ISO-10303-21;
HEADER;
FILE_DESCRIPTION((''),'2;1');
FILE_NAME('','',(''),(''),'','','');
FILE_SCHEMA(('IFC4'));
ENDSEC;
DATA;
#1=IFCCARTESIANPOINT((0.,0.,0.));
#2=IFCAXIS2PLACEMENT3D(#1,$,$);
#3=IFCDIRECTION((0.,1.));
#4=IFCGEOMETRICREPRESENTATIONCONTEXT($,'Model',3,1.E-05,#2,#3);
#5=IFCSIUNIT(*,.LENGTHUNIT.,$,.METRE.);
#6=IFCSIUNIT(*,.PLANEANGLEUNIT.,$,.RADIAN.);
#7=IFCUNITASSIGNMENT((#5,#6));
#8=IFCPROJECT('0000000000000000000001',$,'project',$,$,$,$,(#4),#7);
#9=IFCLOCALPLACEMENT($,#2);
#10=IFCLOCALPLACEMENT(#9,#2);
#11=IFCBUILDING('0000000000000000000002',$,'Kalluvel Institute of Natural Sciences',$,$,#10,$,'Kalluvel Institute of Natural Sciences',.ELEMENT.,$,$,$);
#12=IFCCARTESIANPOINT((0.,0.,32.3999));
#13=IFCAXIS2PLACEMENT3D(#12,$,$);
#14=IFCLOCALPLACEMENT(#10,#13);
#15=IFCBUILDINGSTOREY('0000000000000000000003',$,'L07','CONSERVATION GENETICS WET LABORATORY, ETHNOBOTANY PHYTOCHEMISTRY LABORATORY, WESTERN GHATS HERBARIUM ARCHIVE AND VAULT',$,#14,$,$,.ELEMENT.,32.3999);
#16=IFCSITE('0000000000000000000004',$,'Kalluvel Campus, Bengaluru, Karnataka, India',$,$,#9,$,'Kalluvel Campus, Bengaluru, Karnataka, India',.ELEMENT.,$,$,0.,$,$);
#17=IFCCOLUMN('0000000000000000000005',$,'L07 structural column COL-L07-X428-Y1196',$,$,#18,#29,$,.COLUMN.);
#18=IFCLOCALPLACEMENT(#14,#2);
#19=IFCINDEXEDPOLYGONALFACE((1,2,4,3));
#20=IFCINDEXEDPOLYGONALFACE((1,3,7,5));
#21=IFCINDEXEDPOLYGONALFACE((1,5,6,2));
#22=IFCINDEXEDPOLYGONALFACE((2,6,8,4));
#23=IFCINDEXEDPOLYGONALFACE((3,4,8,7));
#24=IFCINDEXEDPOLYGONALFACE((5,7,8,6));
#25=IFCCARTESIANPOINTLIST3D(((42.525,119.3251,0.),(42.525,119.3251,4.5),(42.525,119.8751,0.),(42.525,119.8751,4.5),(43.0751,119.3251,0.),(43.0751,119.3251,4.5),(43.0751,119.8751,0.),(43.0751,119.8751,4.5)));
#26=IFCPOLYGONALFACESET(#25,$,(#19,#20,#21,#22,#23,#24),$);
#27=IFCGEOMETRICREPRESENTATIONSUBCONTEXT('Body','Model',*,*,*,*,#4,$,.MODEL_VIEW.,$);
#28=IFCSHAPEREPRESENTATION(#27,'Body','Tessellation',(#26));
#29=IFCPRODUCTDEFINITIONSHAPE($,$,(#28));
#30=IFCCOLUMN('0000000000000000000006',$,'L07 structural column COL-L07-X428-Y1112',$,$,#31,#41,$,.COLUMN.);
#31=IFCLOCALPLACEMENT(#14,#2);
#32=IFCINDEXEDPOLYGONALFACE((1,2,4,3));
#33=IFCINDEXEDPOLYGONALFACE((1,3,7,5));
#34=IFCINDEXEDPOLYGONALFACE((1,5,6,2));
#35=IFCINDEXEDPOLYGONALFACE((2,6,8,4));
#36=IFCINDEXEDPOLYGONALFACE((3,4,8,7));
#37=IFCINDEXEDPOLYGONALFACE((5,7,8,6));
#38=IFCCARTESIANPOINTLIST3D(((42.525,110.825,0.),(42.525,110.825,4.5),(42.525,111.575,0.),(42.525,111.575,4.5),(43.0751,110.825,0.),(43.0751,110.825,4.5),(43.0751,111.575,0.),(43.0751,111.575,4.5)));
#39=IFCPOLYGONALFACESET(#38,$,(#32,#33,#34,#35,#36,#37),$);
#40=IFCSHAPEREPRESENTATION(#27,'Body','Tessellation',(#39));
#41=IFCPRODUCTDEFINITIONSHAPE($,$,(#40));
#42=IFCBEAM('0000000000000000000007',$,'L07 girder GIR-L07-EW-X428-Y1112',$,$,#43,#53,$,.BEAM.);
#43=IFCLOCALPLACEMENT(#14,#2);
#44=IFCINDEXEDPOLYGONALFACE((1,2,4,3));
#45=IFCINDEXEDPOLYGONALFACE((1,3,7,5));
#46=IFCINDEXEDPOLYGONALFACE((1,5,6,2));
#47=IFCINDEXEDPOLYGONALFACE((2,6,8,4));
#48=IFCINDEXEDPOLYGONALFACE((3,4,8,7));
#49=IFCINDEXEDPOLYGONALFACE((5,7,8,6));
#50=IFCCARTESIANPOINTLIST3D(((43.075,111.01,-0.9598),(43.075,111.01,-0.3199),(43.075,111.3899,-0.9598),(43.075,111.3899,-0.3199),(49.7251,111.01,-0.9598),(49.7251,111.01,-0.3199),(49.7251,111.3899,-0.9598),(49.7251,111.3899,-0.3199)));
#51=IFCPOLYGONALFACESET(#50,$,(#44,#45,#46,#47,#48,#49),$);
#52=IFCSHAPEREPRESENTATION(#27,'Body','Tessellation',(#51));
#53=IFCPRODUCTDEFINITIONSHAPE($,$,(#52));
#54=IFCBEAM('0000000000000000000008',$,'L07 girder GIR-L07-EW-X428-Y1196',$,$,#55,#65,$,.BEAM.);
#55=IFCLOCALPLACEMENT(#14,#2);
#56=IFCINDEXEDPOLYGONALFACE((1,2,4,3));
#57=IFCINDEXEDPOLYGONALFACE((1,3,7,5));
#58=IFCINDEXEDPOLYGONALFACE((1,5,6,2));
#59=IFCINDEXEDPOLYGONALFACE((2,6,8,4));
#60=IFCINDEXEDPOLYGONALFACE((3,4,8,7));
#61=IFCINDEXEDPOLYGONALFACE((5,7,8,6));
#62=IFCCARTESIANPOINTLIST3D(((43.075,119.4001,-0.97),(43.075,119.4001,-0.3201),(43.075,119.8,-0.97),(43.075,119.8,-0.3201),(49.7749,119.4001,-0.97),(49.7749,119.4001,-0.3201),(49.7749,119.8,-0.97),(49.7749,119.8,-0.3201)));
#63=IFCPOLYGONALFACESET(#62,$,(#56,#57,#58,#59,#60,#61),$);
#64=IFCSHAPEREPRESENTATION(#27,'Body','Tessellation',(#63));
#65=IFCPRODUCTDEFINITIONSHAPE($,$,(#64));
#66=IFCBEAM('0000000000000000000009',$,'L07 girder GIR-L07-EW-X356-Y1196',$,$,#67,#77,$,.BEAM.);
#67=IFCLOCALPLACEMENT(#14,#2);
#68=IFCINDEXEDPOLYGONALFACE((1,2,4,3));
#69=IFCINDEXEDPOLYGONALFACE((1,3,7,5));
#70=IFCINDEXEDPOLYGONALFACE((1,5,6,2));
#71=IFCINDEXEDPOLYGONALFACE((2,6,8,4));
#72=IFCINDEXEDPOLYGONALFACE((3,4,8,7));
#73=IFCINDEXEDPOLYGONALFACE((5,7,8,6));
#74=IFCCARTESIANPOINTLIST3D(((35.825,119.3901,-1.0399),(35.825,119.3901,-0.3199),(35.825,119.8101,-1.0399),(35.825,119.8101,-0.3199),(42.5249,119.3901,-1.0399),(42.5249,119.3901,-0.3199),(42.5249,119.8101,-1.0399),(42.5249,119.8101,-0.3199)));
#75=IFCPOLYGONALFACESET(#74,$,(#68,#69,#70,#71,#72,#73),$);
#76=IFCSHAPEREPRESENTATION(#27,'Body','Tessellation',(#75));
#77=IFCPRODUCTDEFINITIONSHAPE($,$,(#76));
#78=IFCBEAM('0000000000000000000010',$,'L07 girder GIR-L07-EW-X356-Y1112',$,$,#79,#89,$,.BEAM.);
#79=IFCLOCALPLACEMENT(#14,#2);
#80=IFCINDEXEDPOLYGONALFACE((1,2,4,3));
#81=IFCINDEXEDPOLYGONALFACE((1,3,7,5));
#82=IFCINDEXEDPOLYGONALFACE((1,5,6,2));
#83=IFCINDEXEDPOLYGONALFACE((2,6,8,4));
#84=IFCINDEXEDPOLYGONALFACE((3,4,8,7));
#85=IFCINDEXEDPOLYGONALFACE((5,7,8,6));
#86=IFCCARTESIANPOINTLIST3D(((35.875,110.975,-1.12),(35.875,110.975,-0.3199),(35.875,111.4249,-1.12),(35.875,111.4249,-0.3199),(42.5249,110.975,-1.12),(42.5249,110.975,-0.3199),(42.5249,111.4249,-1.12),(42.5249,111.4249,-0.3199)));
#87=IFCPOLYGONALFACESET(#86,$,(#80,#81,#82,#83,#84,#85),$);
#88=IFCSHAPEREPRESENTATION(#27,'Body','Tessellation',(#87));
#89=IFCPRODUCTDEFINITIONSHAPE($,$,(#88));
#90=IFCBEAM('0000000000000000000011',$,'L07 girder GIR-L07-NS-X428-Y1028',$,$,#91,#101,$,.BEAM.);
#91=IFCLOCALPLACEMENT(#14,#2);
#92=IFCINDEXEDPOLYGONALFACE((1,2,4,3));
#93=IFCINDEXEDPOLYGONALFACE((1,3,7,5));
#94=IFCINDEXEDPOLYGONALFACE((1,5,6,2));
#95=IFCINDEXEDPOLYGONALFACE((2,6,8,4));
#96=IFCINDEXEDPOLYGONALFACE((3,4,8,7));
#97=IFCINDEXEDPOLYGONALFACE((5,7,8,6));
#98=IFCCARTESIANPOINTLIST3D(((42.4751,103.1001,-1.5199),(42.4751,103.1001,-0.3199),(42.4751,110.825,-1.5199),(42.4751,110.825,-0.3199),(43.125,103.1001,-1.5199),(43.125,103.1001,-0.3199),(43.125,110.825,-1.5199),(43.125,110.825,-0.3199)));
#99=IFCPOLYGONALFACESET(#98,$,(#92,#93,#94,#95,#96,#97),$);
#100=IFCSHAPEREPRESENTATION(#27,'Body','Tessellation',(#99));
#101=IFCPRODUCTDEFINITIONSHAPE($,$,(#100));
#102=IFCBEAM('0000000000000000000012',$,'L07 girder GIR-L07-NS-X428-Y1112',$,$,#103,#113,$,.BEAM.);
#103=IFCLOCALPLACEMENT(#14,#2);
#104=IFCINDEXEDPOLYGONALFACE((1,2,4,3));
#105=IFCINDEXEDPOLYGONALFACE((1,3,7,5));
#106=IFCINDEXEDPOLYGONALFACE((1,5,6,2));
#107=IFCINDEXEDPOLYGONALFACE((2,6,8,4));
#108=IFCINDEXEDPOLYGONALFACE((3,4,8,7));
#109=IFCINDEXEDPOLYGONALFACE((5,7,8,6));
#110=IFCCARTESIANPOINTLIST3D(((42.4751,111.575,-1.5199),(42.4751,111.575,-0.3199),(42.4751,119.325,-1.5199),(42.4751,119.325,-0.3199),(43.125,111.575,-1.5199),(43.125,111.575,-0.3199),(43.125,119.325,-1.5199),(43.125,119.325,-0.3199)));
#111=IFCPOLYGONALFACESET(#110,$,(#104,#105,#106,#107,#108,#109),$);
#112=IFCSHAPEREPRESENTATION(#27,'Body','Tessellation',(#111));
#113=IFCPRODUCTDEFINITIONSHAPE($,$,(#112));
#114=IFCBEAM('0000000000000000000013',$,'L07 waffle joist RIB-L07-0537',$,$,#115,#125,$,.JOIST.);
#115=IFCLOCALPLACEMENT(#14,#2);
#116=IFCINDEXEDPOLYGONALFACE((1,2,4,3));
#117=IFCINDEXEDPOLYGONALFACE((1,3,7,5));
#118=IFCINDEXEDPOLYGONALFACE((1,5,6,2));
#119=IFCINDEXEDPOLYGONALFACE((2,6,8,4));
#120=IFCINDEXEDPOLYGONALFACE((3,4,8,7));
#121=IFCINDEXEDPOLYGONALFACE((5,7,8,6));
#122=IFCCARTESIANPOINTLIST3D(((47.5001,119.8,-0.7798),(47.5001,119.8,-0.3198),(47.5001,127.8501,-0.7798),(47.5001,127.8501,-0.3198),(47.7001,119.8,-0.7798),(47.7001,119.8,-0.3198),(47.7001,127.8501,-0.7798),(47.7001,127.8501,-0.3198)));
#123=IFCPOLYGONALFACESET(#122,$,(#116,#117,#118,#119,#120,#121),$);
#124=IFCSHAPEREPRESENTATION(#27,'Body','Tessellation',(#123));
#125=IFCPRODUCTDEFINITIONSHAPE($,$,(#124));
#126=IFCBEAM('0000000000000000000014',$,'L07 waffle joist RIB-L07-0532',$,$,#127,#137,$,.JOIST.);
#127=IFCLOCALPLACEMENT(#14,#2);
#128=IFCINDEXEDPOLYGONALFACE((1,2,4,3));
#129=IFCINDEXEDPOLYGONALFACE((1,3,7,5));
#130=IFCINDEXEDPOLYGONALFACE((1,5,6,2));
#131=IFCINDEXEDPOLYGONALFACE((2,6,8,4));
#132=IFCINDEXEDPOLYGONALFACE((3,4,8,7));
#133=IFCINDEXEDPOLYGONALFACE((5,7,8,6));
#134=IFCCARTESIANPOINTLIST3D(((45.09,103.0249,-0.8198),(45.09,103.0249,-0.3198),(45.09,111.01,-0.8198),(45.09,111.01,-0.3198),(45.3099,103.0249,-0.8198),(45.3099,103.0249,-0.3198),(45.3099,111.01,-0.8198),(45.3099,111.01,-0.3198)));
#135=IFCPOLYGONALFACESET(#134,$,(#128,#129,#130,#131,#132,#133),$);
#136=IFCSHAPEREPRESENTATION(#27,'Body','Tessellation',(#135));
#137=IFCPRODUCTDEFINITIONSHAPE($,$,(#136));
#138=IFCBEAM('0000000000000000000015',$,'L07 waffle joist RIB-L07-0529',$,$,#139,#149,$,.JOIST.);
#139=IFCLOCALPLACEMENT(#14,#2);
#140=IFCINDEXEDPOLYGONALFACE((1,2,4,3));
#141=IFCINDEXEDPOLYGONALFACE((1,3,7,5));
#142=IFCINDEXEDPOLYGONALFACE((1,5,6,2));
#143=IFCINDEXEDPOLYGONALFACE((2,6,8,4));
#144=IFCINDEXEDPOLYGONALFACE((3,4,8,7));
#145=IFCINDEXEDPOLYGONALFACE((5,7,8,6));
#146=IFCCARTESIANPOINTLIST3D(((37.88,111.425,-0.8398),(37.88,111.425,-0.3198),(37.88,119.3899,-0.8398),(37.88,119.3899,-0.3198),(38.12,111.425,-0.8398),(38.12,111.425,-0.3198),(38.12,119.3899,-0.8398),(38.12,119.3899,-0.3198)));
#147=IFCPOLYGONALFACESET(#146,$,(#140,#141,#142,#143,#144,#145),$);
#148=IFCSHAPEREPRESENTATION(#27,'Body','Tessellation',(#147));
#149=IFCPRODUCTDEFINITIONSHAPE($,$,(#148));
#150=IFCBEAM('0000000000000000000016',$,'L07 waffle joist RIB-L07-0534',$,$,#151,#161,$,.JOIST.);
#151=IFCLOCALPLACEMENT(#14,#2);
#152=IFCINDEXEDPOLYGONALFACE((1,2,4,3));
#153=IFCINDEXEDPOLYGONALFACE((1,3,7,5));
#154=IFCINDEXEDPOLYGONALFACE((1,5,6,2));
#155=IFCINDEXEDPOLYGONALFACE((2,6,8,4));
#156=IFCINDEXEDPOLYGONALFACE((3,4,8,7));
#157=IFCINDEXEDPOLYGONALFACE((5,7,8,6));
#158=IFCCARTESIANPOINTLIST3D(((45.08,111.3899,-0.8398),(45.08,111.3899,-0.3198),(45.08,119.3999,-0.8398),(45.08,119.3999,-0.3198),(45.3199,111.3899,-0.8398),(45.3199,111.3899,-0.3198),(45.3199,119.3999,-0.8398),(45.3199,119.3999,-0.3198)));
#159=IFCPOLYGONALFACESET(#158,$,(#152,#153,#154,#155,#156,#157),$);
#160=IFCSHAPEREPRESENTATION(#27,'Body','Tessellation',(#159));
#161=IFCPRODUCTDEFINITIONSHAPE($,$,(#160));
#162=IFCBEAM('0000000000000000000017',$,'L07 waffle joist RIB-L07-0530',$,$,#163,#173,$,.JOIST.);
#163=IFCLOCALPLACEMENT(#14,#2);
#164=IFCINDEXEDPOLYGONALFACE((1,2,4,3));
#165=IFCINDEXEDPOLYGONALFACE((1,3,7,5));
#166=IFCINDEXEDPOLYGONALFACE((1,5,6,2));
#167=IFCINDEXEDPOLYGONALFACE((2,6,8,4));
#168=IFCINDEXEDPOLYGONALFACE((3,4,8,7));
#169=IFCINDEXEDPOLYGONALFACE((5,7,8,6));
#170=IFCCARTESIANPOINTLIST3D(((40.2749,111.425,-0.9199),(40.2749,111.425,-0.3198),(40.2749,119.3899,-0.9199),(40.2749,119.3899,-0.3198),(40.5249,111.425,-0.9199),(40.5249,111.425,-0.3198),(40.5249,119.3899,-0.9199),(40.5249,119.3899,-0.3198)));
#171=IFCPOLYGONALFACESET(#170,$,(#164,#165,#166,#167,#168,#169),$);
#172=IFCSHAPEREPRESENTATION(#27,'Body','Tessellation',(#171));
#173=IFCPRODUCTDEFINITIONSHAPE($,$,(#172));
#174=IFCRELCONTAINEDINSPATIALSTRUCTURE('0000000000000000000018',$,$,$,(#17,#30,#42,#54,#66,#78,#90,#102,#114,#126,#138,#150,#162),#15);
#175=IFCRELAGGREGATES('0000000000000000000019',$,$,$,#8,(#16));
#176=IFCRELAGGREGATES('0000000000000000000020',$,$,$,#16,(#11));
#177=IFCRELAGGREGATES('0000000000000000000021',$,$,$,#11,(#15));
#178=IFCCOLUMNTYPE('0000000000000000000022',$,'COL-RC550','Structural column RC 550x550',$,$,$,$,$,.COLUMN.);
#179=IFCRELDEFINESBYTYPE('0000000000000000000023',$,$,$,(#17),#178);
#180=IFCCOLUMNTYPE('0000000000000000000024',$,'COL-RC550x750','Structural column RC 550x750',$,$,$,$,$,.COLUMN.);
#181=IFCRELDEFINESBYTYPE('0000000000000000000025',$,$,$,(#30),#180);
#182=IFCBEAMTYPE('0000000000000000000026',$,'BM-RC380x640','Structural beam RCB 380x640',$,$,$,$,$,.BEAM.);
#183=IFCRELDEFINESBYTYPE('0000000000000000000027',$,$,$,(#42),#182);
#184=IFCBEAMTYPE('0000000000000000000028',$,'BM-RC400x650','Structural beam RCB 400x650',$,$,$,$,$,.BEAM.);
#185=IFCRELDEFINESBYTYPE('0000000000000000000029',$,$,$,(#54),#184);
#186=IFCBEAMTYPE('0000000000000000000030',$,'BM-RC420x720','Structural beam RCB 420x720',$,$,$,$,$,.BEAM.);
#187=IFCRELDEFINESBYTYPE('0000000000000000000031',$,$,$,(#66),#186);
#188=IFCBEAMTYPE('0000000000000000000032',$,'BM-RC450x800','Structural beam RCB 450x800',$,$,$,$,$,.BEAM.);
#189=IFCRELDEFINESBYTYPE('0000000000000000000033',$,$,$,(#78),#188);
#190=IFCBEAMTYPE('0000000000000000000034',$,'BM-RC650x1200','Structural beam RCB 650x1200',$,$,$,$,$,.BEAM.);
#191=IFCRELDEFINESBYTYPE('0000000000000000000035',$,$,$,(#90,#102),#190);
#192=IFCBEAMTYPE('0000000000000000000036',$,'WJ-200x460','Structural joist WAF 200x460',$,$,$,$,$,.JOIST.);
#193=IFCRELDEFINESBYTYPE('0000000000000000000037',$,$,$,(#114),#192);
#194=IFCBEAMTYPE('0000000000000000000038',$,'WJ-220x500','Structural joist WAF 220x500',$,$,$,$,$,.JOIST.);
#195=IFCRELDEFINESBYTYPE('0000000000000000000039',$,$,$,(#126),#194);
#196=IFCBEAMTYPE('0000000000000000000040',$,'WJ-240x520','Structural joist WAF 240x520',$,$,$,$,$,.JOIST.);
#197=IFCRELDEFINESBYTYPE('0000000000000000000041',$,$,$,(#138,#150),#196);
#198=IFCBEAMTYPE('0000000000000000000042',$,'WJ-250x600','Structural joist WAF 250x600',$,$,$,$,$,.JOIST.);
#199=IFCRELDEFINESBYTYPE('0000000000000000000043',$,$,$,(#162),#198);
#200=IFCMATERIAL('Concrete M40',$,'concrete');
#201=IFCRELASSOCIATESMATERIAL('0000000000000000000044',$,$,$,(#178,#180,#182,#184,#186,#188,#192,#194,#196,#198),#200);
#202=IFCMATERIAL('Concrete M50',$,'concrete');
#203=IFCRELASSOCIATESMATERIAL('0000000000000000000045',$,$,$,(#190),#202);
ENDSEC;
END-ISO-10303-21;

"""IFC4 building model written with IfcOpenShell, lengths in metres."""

from ifc_helpers import new_model, si_unit, direction, frame, origin, origin_2d, place, context, subcontext, project, spatial, rectangle, extrude, material, material_profile, profile_set, type_object, element, save


model = new_model("IFC4")

# Units and contexts
model_context = context("Model", 3, precision=1e-05, world=origin(), true_north=direction((0.0, 1.0)))
body_context = subcontext(model_context, "Body", "Model", "MODEL_VIEW")
ifc_project = project(units=[si_unit("LENGTHUNIT", "METRE"), si_unit("PLANEANGLEUNIT", "RADIAN")], contexts=[model_context])

# Site, building, storey
site_placement = place(None, origin())
site = spatial("IfcSite", under=ifc_project, at=site_placement, Name="Kalluvel Campus, Bengaluru, Karnataka, India", LongName="Kalluvel Campus, Bengaluru, Karnataka, India", CompositionType="ELEMENT", RefElevation=0.0)
building_placement = place(site_placement, origin())
building = spatial("IfcBuilding", under=site, at=building_placement, Name="Kalluvel Institute of Natural Sciences", LongName="Kalluvel Institute of Natural Sciences", CompositionType="ELEMENT")
storey_placement = place(building_placement, frame((0.0, 0.0, 32.3999)))
storey = spatial("IfcBuildingStorey", under=building, at=storey_placement, Name="L07", Description="CONSERVATION GENETICS WET LABORATORY, ETHNOBOTANY PHYTOCHEMISTRY LABORATORY, WESTERN GHATS HERBARIUM ARCHIVE AND VAULT", CompositionType="ELEMENT", Elevation=32.3999)

# Columns
ifc_material_1 = material(Name="Concrete M40", Category="concrete")
ifc_material_profile_1 = material_profile(ifc_material_1, rectangle(XDim=0.55, YDim=0.55, at=origin_2d()), Name="RC 550x550")
ifc_profile_set_1 = profile_set([ifc_material_profile_1], Name="Concrete M40")
column_type_1 = type_object("IfcColumnType", Name="COL-RC550", Description="Structural column RC 550x550", PredefinedType="COLUMN", material=ifc_profile_set_1)
column_1_placement = place(storey_placement, frame((42.8, 119.6001, 0.0), z_axis=(0.0, 0.0, 1.0), x_axis=(1.0, 0.0, 0.0)))
element("IfcColumn", 1, at=column_1_placement, inside=storey, type_object=column_type_1, Name="L07 structural column COL-L07-X428-Y1196", PredefinedType="COLUMN", context=body_context, shape_type="SweptSolid", body=[
    extrude(rectangle(XDim=0.55, YDim=0.55, at=origin_2d()), origin(), (0.0, 0.0, 1.0), 4.5),
])
ifc_material_profile_2 = material_profile(ifc_material_1, rectangle(XDim=0.55, YDim=0.75, at=origin_2d()), Name="RC 550x750")
ifc_profile_set_2 = profile_set([ifc_material_profile_2], Name="Concrete M40")
column_type_2 = type_object("IfcColumnType", Name="COL-RC550x750", Description="Structural column RC 550x750", PredefinedType="COLUMN", material=ifc_profile_set_2)
column_2_placement = place(storey_placement, frame((42.8, 111.2, 0.0), z_axis=(0.0, 0.0, 1.0), x_axis=(1.0, 0.0, 0.0)))
element("IfcColumn", 2, at=column_2_placement, inside=storey, type_object=column_type_2, Name="L07 structural column COL-L07-X428-Y1112", PredefinedType="COLUMN", context=body_context, shape_type="SweptSolid", body=[
    extrude(rectangle(XDim=0.55, YDim=0.75, at=origin_2d()), origin(), (0.0, 0.0, 1.0), 4.5),
])

# Beams
ifc_material_profile_3 = material_profile(ifc_material_1, rectangle(XDim=0.3799, YDim=0.6399, at=origin_2d()), Name="RCB 380x640")
ifc_profile_set_3 = profile_set([ifc_material_profile_3], Name="Concrete M40")
beam_type_1 = type_object("IfcBeamType", Name="BM-RC380x640", Description="Structural beam RCB 380x640", PredefinedType="BEAM", material=ifc_profile_set_3)
beam_1_placement = place(storey_placement, frame((43.075, 111.2, -0.6399), z_axis=(1.0, 0.0, 0.0), x_axis=(0.0, 1.0, 0.0)))
element("IfcBeam", 3, at=beam_1_placement, inside=storey, type_object=beam_type_1, Name="L07 girder GIR-L07-EW-X428-Y1112", PredefinedType="BEAM", context=body_context, shape_type="SweptSolid", body=[
    extrude(rectangle(XDim=0.3799, YDim=0.6399, at=origin_2d()), origin(), (0.0, 0.0, 1.0), 6.6501),
])
ifc_material_profile_4 = material_profile(ifc_material_1, rectangle(XDim=0.3999, YDim=0.6499, at=origin_2d()), Name="RCB 400x650")
ifc_profile_set_4 = profile_set([ifc_material_profile_4], Name="Concrete M40")
beam_type_2 = type_object("IfcBeamType", Name="BM-RC400x650", Description="Structural beam RCB 400x650", PredefinedType="BEAM", material=ifc_profile_set_4)
beam_2_placement = place(storey_placement, frame((43.075, 119.6001, -0.645), z_axis=(1.0, 0.0, 0.0), x_axis=(0.0, 1.0, 0.0)))
element("IfcBeam", 4, at=beam_2_placement, inside=storey, type_object=beam_type_2, Name="L07 girder GIR-L07-EW-X428-Y1196", PredefinedType="BEAM", context=body_context, shape_type="SweptSolid", body=[
    extrude(rectangle(XDim=0.3999, YDim=0.6499, at=origin_2d()), origin(), (0.0, 0.0, 1.0), 6.7),
])
ifc_material_profile_5 = material_profile(ifc_material_1, rectangle(XDim=0.4199, YDim=0.72, at=origin_2d()), Name="RCB 420x720")
ifc_profile_set_5 = profile_set([ifc_material_profile_5], Name="Concrete M40")
beam_type_3 = type_object("IfcBeamType", Name="BM-RC420x720", Description="Structural beam RCB 420x720", PredefinedType="BEAM", material=ifc_profile_set_5)
beam_3_placement = place(storey_placement, frame((35.825, 119.6001, -0.6799), z_axis=(1.0, 0.0, 0.0), x_axis=(0.0, 1.0, 0.0)))
element("IfcBeam", 5, at=beam_3_placement, inside=storey, type_object=beam_type_3, Name="L07 girder GIR-L07-EW-X356-Y1196", PredefinedType="BEAM", context=body_context, shape_type="SweptSolid", body=[
    extrude(rectangle(XDim=0.4199, YDim=0.72, at=origin_2d()), origin(), (0.0, 0.0, 1.0), 6.7),
])
ifc_material_profile_6 = material_profile(ifc_material_1, rectangle(XDim=0.45, YDim=0.8, at=origin_2d()), Name="RCB 450x800")
ifc_profile_set_6 = profile_set([ifc_material_profile_6], Name="Concrete M40")
beam_type_4 = type_object("IfcBeamType", Name="BM-RC450x800", Description="Structural beam RCB 450x800", PredefinedType="BEAM", material=ifc_profile_set_6)
beam_4_placement = place(storey_placement, frame((35.875, 111.2, -0.72), z_axis=(1.0, 0.0, 0.0), x_axis=(0.0, 1.0, 0.0)))
element("IfcBeam", 6, at=beam_4_placement, inside=storey, type_object=beam_type_4, Name="L07 girder GIR-L07-EW-X356-Y1112", PredefinedType="BEAM", context=body_context, shape_type="SweptSolid", body=[
    extrude(rectangle(XDim=0.45, YDim=0.8, at=origin_2d()), origin(), (0.0, 0.0, 1.0), 6.6499),
])
ifc_material_2 = material(Name="Concrete M50", Category="concrete")
ifc_material_profile_7 = material_profile(ifc_material_2, rectangle(XDim=0.6499, YDim=1.2, at=origin_2d()), Name="RCB 650x1200")
ifc_profile_set_7 = profile_set([ifc_material_profile_7], Name="Concrete M50")
beam_type_5 = type_object("IfcBeamType", Name="BM-RC650x1200", Description="Structural beam RCB 650x1200", PredefinedType="BEAM", material=ifc_profile_set_7)
beam_5_placement = place(storey_placement, frame((42.8, 103.1001, -0.9199), z_axis=(0.0, 1.0, 0.0), x_axis=(-1.0, 0.0, 0.0)))
element("IfcBeam", 7, at=beam_5_placement, inside=storey, type_object=beam_type_5, Name="L07 girder GIR-L07-NS-X428-Y1028", PredefinedType="BEAM", context=body_context, shape_type="SweptSolid", body=[
    extrude(rectangle(XDim=0.6499, YDim=1.2, at=origin_2d()), origin(), (0.0, 0.0, 1.0), 7.7249),
])
beam_6_placement = place(storey_placement, frame((42.8, 111.575, -0.9199), z_axis=(0.0, 1.0, 0.0), x_axis=(-1.0, 0.0, 0.0)))
element("IfcBeam", 8, at=beam_6_placement, inside=storey, type_object=beam_type_5, Name="L07 girder GIR-L07-NS-X428-Y1112", PredefinedType="BEAM", context=body_context, shape_type="SweptSolid", body=[
    extrude(rectangle(XDim=0.6499, YDim=1.2, at=origin_2d()), origin(), (0.0, 0.0, 1.0), 7.75),
])
ifc_material_profile_8 = material_profile(ifc_material_1, rectangle(XDim=0.2, YDim=0.46, at=origin_2d()), Name="WAF 200x460")
ifc_profile_set_8 = profile_set([ifc_material_profile_8], Name="Concrete M40")
beam_type_6 = type_object("IfcBeamType", Name="WJ-200x460", Description="Structural joist WAF 200x460", PredefinedType="JOIST", material=ifc_profile_set_8)
beam_7_placement = place(storey_placement, frame((47.6001, 119.8, -0.5498), z_axis=(0.0, 1.0, 0.0), x_axis=(-1.0, 0.0, 0.0)))
element("IfcBeam", 9, at=beam_7_placement, inside=storey, type_object=beam_type_6, Name="L07 waffle joist RIB-L07-0537", PredefinedType="JOIST", context=body_context, shape_type="SweptSolid", body=[
    extrude(rectangle(XDim=0.2, YDim=0.46, at=origin_2d()), origin(), (0.0, 0.0, 1.0), 8.05),
])
ifc_material_profile_9 = material_profile(ifc_material_1, rectangle(XDim=0.22, YDim=0.5, at=origin_2d()), Name="WAF 220x500")
ifc_profile_set_9 = profile_set([ifc_material_profile_9], Name="Concrete M40")
beam_type_7 = type_object("IfcBeamType", Name="WJ-220x500", Description="Structural joist WAF 220x500", PredefinedType="JOIST", material=ifc_profile_set_9)
beam_8_placement = place(storey_placement, frame((45.2, 103.0249, -0.5698), z_axis=(0.0, 1.0, 0.0), x_axis=(-1.0, 0.0, 0.0)))
element("IfcBeam", 10, at=beam_8_placement, inside=storey, type_object=beam_type_7, Name="L07 waffle joist RIB-L07-0532", PredefinedType="JOIST", context=body_context, shape_type="SweptSolid", body=[
    extrude(rectangle(XDim=0.22, YDim=0.5, at=origin_2d()), origin(), (0.0, 0.0, 1.0), 7.9851),
])
ifc_material_profile_10 = material_profile(ifc_material_1, rectangle(XDim=0.24, YDim=0.52, at=origin_2d()), Name="WAF 240x520")
ifc_profile_set_10 = profile_set([ifc_material_profile_10], Name="Concrete M40")
beam_type_8 = type_object("IfcBeamType", Name="WJ-240x520", Description="Structural joist WAF 240x520", PredefinedType="JOIST", material=ifc_profile_set_10)
beam_9_placement = place(storey_placement, frame((38.0, 111.425, -0.5798), z_axis=(0.0, 1.0, 0.0), x_axis=(-1.0, 0.0, 0.0)))
element("IfcBeam", 11, at=beam_9_placement, inside=storey, type_object=beam_type_8, Name="L07 waffle joist RIB-L07-0529", PredefinedType="JOIST", context=body_context, shape_type="SweptSolid", body=[
    extrude(rectangle(XDim=0.24, YDim=0.52, at=origin_2d()), origin(), (0.0, 0.0, 1.0), 7.9648),
])
beam_10_placement = place(storey_placement, frame((45.2, 111.3899, -0.5798), z_axis=(0.0, 1.0, 0.0), x_axis=(-1.0, 0.0, 0.0)))
element("IfcBeam", 12, at=beam_10_placement, inside=storey, type_object=beam_type_8, Name="L07 waffle joist RIB-L07-0534", PredefinedType="JOIST", context=body_context, shape_type="SweptSolid", body=[
    extrude(rectangle(XDim=0.24, YDim=0.52, at=origin_2d()), origin(), (0.0, 0.0, 1.0), 8.01),
])
ifc_material_profile_11 = material_profile(ifc_material_1, rectangle(XDim=0.25, YDim=0.6001, at=origin_2d()), Name="WAF 250x600")
ifc_profile_set_11 = profile_set([ifc_material_profile_11], Name="Concrete M40")
beam_type_9 = type_object("IfcBeamType", Name="WJ-250x600", Description="Structural joist WAF 250x600", PredefinedType="JOIST", material=ifc_profile_set_11)
beam_11_placement = place(storey_placement, frame((40.3999, 111.425, -0.6199), z_axis=(0.0, 1.0, 0.0), x_axis=(-1.0, 0.0, 0.0)))
element("IfcBeam", 13, at=beam_11_placement, inside=storey, type_object=beam_type_9, Name="L07 waffle joist RIB-L07-0530", PredefinedType="JOIST", context=body_context, shape_type="SweptSolid", body=[
    extrude(rectangle(XDim=0.25, YDim=0.6001, at=origin_2d()), origin(), (0.0, 0.0, 1.0), 7.9648),
])

save(model, "model.ifc")
